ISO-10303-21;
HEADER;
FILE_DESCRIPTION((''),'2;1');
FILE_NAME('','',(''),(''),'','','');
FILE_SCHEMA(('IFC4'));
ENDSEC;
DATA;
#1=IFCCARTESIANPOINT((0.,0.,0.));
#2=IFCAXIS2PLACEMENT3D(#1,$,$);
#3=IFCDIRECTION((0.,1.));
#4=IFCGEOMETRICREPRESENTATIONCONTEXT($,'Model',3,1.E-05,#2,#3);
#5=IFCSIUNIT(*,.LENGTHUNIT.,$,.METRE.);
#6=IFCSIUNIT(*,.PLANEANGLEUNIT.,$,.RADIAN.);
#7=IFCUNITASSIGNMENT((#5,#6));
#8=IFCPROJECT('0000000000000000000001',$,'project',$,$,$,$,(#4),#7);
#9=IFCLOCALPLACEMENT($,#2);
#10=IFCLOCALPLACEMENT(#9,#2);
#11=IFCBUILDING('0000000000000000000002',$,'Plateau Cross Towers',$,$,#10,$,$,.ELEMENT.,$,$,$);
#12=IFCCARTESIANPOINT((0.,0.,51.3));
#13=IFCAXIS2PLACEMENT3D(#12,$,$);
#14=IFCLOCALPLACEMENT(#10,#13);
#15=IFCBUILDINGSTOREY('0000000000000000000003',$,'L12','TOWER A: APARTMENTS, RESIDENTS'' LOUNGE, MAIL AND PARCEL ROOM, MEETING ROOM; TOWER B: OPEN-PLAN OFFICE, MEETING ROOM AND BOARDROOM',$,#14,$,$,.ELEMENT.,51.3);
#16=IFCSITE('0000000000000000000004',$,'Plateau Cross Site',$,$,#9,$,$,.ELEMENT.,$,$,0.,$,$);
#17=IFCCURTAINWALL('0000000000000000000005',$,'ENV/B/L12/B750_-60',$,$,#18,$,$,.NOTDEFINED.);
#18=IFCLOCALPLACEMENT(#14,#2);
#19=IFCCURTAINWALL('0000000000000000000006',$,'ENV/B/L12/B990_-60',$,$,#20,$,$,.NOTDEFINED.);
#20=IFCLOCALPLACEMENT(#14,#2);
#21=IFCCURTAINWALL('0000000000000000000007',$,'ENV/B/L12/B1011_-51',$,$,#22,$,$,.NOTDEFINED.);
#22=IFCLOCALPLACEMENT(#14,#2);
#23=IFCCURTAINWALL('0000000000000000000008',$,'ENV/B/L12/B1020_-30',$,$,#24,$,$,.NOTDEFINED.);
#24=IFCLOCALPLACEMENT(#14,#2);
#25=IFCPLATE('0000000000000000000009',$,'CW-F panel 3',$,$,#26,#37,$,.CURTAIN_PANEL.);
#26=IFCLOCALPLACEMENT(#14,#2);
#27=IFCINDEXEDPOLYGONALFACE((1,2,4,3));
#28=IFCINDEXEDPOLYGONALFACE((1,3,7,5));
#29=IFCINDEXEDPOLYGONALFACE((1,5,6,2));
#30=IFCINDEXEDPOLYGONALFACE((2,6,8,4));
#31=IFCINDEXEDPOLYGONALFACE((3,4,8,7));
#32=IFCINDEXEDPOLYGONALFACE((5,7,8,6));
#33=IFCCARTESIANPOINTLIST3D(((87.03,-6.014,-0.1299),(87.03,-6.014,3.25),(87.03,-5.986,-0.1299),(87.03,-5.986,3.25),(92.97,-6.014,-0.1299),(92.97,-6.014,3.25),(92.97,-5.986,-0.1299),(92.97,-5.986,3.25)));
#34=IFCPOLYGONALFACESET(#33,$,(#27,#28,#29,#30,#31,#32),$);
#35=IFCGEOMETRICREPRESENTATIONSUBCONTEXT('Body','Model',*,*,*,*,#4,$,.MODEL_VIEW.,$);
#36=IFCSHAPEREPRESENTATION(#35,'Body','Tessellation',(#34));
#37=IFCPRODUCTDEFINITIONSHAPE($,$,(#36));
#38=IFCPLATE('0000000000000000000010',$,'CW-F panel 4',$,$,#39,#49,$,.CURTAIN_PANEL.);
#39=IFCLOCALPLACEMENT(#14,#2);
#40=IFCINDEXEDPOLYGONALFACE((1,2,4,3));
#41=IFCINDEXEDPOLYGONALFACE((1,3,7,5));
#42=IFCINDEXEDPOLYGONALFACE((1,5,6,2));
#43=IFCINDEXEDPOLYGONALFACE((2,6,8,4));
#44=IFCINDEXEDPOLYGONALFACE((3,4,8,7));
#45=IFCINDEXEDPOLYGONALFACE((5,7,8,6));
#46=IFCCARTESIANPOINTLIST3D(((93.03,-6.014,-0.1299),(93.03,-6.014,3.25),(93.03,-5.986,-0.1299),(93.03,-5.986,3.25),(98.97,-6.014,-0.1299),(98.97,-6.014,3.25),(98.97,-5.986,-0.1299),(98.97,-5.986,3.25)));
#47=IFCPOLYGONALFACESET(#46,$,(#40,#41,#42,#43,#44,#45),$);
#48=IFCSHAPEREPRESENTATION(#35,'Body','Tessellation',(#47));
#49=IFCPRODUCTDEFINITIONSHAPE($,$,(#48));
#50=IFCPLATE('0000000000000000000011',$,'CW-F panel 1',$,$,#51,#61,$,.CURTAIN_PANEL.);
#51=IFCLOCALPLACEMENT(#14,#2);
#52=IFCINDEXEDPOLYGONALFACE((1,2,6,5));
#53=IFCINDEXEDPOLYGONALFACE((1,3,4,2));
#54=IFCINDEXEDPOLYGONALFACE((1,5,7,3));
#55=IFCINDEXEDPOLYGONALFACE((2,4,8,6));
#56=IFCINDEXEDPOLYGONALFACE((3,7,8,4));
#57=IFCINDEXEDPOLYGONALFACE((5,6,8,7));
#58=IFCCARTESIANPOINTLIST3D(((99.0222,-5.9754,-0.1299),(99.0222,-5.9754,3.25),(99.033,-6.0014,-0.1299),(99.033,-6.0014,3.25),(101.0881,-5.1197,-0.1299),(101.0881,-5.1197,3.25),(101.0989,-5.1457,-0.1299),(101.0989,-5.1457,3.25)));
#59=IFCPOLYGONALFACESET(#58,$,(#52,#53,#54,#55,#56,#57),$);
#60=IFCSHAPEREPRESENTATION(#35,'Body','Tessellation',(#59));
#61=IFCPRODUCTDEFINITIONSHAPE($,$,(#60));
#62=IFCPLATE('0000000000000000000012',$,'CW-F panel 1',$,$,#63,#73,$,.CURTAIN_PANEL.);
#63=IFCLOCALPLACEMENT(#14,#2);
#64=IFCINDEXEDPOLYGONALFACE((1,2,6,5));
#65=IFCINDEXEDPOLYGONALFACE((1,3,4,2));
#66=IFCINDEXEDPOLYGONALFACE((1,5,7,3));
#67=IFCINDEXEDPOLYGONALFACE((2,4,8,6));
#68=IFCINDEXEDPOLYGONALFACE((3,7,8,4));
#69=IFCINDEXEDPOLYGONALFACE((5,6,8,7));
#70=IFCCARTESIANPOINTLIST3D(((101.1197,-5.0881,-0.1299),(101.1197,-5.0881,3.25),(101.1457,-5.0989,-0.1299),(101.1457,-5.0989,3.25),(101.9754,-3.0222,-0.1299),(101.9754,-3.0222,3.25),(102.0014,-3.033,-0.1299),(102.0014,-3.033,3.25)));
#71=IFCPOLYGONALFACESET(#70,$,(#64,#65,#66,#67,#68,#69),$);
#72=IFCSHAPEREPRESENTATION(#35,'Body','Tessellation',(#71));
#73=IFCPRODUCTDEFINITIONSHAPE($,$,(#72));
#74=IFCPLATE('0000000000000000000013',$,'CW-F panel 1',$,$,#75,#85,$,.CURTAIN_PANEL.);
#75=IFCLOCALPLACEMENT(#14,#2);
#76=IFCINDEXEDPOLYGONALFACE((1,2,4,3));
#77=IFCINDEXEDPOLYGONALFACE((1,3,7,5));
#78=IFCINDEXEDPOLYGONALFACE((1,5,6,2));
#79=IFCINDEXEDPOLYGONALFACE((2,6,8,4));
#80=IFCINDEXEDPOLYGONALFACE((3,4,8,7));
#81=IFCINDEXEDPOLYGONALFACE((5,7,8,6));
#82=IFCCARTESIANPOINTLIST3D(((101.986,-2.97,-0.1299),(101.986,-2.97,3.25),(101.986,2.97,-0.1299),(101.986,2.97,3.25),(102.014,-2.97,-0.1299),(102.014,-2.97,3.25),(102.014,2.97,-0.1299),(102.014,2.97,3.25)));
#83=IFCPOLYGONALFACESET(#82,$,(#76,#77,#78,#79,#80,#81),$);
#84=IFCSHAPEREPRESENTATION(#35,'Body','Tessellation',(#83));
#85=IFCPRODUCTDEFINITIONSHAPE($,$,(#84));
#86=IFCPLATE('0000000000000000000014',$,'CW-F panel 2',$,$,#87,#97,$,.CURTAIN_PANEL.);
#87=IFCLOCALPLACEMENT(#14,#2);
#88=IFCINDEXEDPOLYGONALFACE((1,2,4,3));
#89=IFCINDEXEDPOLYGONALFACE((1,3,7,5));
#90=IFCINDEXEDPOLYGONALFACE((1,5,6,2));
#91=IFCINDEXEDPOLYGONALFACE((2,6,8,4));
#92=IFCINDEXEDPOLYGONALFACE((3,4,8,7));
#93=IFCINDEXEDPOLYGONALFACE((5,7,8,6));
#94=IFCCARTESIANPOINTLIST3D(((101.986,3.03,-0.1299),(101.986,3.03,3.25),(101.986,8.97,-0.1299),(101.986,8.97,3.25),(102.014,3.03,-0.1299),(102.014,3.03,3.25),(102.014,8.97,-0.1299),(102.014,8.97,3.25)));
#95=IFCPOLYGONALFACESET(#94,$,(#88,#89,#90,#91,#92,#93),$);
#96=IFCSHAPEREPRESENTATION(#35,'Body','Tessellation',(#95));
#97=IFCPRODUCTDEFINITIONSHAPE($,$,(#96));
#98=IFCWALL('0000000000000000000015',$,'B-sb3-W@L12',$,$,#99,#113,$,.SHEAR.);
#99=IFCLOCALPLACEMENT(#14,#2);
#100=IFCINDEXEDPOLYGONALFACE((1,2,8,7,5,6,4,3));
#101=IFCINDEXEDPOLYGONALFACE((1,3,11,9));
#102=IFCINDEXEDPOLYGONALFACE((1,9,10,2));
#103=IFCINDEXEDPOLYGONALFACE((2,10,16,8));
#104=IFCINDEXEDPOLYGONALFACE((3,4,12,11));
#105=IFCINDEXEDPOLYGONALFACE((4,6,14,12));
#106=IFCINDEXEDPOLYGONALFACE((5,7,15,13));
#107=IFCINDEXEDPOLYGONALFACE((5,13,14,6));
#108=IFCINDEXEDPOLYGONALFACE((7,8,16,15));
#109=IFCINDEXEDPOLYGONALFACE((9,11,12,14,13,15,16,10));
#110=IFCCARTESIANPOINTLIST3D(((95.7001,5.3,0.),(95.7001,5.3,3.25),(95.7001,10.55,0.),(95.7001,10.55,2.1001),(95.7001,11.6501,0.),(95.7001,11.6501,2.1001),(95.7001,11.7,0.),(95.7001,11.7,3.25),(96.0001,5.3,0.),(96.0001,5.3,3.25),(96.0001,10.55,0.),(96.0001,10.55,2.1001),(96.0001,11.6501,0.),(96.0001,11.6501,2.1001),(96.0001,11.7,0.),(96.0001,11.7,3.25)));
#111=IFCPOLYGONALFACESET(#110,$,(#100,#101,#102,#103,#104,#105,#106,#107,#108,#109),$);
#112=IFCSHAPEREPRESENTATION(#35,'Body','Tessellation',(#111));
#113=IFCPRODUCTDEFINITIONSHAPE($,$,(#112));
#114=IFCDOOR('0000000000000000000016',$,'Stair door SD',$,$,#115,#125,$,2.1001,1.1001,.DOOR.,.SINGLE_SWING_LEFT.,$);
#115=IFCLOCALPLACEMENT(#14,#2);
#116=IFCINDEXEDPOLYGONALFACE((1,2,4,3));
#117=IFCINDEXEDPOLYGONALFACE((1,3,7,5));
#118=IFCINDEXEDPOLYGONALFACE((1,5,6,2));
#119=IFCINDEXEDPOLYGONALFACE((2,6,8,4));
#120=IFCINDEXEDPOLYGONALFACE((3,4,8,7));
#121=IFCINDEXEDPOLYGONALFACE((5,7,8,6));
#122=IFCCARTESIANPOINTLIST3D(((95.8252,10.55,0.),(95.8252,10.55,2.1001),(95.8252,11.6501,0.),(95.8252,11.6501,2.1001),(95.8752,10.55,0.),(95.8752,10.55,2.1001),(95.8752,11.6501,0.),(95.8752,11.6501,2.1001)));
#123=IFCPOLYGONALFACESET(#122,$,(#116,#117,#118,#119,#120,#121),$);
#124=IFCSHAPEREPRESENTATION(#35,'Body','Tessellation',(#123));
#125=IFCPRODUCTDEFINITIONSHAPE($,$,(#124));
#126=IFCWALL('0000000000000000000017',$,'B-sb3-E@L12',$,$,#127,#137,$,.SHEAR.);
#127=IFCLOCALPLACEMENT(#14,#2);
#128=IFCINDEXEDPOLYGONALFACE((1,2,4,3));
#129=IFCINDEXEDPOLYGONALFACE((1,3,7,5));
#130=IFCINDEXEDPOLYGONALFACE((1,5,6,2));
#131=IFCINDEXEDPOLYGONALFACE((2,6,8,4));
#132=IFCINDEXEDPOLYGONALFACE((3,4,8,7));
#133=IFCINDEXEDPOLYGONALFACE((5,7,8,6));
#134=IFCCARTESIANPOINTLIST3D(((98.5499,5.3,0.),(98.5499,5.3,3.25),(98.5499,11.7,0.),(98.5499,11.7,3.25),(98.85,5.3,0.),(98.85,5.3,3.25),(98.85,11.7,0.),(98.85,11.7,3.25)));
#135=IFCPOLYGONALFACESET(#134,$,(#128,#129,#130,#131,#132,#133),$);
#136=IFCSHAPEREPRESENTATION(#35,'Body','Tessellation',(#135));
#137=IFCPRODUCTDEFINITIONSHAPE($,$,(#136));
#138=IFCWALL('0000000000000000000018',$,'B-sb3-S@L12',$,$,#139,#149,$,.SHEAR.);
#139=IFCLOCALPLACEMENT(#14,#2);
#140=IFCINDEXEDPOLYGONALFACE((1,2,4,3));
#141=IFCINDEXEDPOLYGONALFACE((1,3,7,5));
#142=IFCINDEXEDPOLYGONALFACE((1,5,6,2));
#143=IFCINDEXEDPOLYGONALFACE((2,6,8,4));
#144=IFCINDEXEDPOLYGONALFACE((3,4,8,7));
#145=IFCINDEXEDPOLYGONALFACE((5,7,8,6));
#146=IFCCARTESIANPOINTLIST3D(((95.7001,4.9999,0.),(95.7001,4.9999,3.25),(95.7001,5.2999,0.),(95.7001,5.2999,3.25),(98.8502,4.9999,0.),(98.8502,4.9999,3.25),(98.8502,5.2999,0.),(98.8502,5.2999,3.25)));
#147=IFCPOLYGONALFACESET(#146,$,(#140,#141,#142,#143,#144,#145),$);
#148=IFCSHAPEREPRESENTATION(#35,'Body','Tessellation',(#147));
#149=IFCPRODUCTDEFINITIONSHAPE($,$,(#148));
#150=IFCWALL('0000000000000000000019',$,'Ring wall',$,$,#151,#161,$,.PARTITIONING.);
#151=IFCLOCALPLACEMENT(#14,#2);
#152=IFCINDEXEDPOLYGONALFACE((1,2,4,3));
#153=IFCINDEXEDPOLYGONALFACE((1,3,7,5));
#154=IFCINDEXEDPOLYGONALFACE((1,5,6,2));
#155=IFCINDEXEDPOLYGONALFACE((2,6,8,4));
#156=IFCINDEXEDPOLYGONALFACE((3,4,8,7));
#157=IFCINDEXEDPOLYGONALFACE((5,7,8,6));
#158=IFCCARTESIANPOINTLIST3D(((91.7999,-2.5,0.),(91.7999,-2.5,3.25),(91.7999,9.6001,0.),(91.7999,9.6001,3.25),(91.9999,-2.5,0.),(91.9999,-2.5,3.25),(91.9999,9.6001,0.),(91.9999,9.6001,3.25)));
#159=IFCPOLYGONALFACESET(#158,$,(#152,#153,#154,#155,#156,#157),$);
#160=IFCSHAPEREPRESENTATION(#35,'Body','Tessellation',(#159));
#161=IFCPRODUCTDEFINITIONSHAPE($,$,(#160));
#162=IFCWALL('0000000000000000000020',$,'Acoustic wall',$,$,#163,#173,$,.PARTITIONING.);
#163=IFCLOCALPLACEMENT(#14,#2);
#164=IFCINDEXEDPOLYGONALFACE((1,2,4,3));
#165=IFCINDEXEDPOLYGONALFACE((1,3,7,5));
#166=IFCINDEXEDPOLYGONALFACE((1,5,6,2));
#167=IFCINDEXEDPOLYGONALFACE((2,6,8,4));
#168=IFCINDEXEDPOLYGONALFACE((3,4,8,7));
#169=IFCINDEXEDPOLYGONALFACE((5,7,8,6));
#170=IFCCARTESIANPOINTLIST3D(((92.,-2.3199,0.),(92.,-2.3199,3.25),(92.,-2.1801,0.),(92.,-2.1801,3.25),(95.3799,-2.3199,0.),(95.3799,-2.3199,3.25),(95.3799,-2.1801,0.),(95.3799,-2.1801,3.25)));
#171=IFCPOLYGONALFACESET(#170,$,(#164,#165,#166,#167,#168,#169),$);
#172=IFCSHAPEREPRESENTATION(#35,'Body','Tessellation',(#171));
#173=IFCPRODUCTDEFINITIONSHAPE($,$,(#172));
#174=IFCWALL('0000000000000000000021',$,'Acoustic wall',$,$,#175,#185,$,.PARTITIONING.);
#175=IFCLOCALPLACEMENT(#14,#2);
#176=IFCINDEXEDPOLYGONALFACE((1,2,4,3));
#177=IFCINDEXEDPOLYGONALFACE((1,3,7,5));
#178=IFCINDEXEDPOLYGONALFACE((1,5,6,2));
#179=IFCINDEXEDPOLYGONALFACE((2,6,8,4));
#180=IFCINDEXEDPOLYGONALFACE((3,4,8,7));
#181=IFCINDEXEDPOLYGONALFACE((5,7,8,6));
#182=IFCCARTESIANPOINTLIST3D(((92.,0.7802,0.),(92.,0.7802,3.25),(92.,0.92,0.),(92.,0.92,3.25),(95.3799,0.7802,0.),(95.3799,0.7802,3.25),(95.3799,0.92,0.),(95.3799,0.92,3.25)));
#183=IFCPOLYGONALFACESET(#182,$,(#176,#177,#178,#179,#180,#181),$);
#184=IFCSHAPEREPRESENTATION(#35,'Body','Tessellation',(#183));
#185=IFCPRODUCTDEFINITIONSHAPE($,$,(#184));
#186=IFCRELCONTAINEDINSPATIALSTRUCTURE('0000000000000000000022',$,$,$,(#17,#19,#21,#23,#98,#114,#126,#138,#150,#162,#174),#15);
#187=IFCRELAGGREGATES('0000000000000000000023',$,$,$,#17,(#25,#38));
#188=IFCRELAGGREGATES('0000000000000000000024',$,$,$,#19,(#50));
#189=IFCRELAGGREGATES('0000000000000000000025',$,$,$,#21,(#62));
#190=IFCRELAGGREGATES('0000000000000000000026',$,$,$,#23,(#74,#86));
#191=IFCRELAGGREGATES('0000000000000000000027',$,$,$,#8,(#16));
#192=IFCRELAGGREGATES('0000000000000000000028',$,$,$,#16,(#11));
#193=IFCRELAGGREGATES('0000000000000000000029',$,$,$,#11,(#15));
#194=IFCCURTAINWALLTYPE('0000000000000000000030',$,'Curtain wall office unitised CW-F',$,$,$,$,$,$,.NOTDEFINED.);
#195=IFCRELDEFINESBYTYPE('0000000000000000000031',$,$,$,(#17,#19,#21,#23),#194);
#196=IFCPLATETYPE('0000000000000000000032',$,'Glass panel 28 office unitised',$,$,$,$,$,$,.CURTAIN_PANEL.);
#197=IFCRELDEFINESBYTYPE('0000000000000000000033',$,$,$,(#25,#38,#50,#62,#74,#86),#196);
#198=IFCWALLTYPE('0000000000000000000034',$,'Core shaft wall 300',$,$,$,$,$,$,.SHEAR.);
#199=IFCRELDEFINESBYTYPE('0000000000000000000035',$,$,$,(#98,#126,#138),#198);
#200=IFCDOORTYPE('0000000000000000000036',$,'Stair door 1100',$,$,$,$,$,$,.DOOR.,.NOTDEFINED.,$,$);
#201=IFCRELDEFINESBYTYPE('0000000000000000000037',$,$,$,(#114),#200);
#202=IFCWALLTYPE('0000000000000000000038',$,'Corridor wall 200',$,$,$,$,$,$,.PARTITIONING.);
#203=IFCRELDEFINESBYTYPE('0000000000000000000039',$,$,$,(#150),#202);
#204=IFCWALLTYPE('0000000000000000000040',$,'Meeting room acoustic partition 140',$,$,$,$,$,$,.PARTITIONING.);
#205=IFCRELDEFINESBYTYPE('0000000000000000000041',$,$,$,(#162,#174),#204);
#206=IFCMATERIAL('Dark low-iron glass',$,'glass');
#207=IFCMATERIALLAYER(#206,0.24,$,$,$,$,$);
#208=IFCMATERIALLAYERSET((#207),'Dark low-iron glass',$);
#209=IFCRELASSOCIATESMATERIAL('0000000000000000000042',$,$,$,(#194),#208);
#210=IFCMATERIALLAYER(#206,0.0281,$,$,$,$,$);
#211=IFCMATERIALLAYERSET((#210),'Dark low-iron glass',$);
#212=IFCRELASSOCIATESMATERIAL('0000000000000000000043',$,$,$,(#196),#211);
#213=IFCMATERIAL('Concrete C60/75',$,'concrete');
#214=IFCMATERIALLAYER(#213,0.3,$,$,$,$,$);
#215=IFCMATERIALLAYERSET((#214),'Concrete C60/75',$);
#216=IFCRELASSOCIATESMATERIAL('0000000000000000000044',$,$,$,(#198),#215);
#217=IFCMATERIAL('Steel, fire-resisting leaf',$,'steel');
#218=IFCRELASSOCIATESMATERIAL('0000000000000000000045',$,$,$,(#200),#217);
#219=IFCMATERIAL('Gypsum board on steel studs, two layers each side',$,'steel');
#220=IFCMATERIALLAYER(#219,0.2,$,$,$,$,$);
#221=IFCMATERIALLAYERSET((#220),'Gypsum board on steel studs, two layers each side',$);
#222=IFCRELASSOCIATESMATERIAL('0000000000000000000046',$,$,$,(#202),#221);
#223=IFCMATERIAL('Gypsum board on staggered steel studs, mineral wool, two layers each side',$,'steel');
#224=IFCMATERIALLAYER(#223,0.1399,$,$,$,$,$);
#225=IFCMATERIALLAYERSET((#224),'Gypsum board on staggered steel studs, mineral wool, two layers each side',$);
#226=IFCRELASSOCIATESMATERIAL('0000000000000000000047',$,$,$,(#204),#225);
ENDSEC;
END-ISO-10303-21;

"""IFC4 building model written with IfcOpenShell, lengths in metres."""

from ifc_helpers import new_model, si_unit, direction, frame, frame_2d, origin, origin_2d, place, context, subcontext, project, spatial, rectangle, extrude, material, layer, layer_set, type_object, element, fill, aggregate, save


model = new_model("IFC4")

# Units and contexts
model_context = context("Model", 3, precision=1e-05, world=origin(), true_north=direction((0.0, 1.0)))
body_context = subcontext(model_context, "Body", "Model", "MODEL_VIEW")
ifc_project = project(units=[si_unit("LENGTHUNIT", "METRE"), si_unit("PLANEANGLEUNIT", "RADIAN")], contexts=[model_context])

# Site, building, storey
site_placement = place(None, origin())
site = spatial("IfcSite", under=ifc_project, at=site_placement, Name="Plateau Cross Site", CompositionType="ELEMENT", RefElevation=0.0)
building_placement = place(site_placement, origin())
building = spatial("IfcBuilding", under=site, at=building_placement, Name="Plateau Cross Towers", CompositionType="ELEMENT")
storey_placement = place(building_placement, frame((0.0, 0.0, 51.3)))
storey = spatial("IfcBuildingStorey", under=building, at=storey_placement, Name="L12", Description="TOWER A: APARTMENTS, RESIDENTS' LOUNGE, MAIL AND PARCEL ROOM, MEETING ROOM; TOWER B: OPEN-PLAN OFFICE, MEETING ROOM AND BOARDROOM", CompositionType="ELEMENT", Elevation=51.3)

# Shared definitions
ifc_material_1 = material(Name="Concrete C60/75", Category="concrete")

# Curtain walls
ifc_material_2 = material(Name="Dark low-iron glass", Category="glass")
ifc_layer_1 = layer(ifc_material_2, 0.24)
ifc_layer_set_1 = layer_set([ifc_layer_1], Name="Dark low-iron glass")
curtain_wall_type = type_object("IfcCurtainWallType", Name="Curtain wall office unitised CW-F", PredefinedType="NOTDEFINED", material=ifc_layer_set_1)
curtain_wall_1_placement = place(storey_placement, origin())
curtain_wall_1 = element("IfcCurtainWall", 1, at=curtain_wall_1_placement, inside=storey, type_object=curtain_wall_type, Name="ENV/B/L12/B750_-60", PredefinedType="NOTDEFINED")
curtain_wall_2_placement = place(storey_placement, origin())
curtain_wall_2 = element("IfcCurtainWall", 2, at=curtain_wall_2_placement, inside=storey, type_object=curtain_wall_type, Name="ENV/B/L12/B990_-60", PredefinedType="NOTDEFINED")
curtain_wall_3_placement = place(storey_placement, origin())
curtain_wall_3 = element("IfcCurtainWall", 3, at=curtain_wall_3_placement, inside=storey, type_object=curtain_wall_type, Name="ENV/B/L12/B1011_-51", PredefinedType="NOTDEFINED")

# Curtain wall
curtain_wall_4_placement = place(storey_placement, origin())
curtain_wall_4 = element("IfcCurtainWall", 4, at=curtain_wall_4_placement, inside=storey, type_object=curtain_wall_type, Name="ENV/B/L12/B1020_-30", PredefinedType="NOTDEFINED")

# Plates
ifc_layer_2 = layer(ifc_material_2, 0.0281)
ifc_layer_set_2 = layer_set([ifc_layer_2], Name="Dark low-iron glass")
plate_type = type_object("IfcPlateType", Name="Glass panel 28 office unitised", PredefinedType="CURTAIN_PANEL", material=ifc_layer_set_2)
plate_1_placement = place(storey_placement, frame((90.0, -6.0, -0.1299), z_axis=(0.0, 0.0, 1.0), x_axis=(1.0, 0.0, 0.0)))
plate_1 = element("IfcPlate", 5, at=plate_1_placement, type_object=plate_type, Name="CW-F panel 3", PredefinedType="CURTAIN_PANEL", context=body_context, shape_type="SweptSolid", body=[
    extrude(rectangle(XDim=5.9399, YDim=0.0281, at=origin_2d()), origin(), (0.0, 0.0, 1.0), 3.3799),
])
plate_2_placement = place(storey_placement, frame((96.0, -6.0, -0.1299), z_axis=(0.0, 0.0, 1.0), x_axis=(1.0, 0.0, 0.0)))
plate_2 = element("IfcPlate", 6, at=plate_2_placement, type_object=plate_type, Name="CW-F panel 4", PredefinedType="CURTAIN_PANEL", context=body_context, shape_type="SweptSolid", body=[
    extrude(rectangle(XDim=5.9399, YDim=0.0281, at=origin_2d()), origin(), (0.0, 0.0, 1.0), 3.3799),
])
aggregate(curtain_wall_1, [plate_1, plate_2])
plate_3_placement = place(storey_placement, frame((100.0605, -5.5605, -0.1299), z_axis=(0.0, 0.0, 1.0), x_axis=(0.923879, 0.382684, 0.0)))
plate_3 = element("IfcPlate", 7, at=plate_3_placement, type_object=plate_type, Name="CW-F panel 1", PredefinedType="CURTAIN_PANEL", context=body_context, shape_type="SweptSolid", body=[
    extrude(rectangle(XDim=2.2361, YDim=0.0281, at=origin_2d()), origin(), (0.0, 0.0, 1.0), 3.3799),
])
aggregate(curtain_wall_2, [plate_3])
plate_4_placement = place(storey_placement, frame((101.5605, -4.0605, -0.1299), z_axis=(0.0, 0.0, 1.0), x_axis=(0.382684, 0.923879, 0.0)))
plate_4 = element("IfcPlate", 8, at=plate_4_placement, type_object=plate_type, Name="CW-F panel 1", PredefinedType="CURTAIN_PANEL", context=body_context, shape_type="SweptSolid", body=[
    extrude(rectangle(XDim=2.2361, YDim=0.0281, at=origin_2d()), origin(), (0.0, 0.0, 1.0), 3.3799),
])
aggregate(curtain_wall_3, [plate_4])
plate_5_placement = place(storey_placement, frame((102.0, 0.0, -0.1299), z_axis=(0.0, 0.0, 1.0), x_axis=(0.0, 1.0, 0.0)))
plate_5 = element("IfcPlate", 9, at=plate_5_placement, type_object=plate_type, Name="CW-F panel 1", PredefinedType="CURTAIN_PANEL", context=body_context, shape_type="SweptSolid", body=[
    extrude(rectangle(XDim=5.9399, YDim=0.0281, at=origin_2d()), origin(), (0.0, 0.0, 1.0), 3.3799),
])
plate_6_placement = place(storey_placement, frame((102.0, 6.0, -0.1299), z_axis=(0.0, 0.0, 1.0), x_axis=(0.0, 1.0, 0.0)))
plate_6 = element("IfcPlate", 10, at=plate_6_placement, type_object=plate_type, Name="CW-F panel 2", PredefinedType="CURTAIN_PANEL", context=body_context, shape_type="SweptSolid", body=[
    extrude(rectangle(XDim=5.9399, YDim=0.0281, at=origin_2d()), origin(), (0.0, 0.0, 1.0), 3.3799),
])
aggregate(curtain_wall_4, [plate_5, plate_6])

# Wall, opening, door
ifc_layer_3 = layer(ifc_material_1, 0.3)
ifc_layer_set_3 = layer_set([ifc_layer_3], Name="Concrete C60/75")
wall_type_1 = type_object("IfcWallType", Name="Core shaft wall 300", PredefinedType="SHEAR", material=ifc_layer_set_3)
wall_1_placement = place(storey_placement, frame((95.8501, 5.3, 0.0), z_axis=(0.0, 0.0, 1.0), x_axis=(0.0, 1.0, 0.0)))
wall_1 = element("IfcWall", 11, at=wall_1_placement, inside=storey, type_object=wall_type_1, Name="B-sb3-W@L12", PredefinedType="SHEAR", context=body_context, shape_type="SweptSolid", body=[
    extrude(rectangle(XDim=6.3999, YDim=0.3, at=frame_2d((3.2, 0.0))), origin(), (0.0, 0.0, 1.0), 3.25),
])
opening_1_placement = place(wall_1_placement, frame((5.25, 0.0, 0.0)))
opening_1 = element("IfcOpeningElement", 12, at=opening_1_placement, cuts=wall_1, PredefinedType="OPENING", context=body_context, shape_type="SweptSolid", body=[
    extrude(rectangle(XDim=1.1001, YDim=2.1001, at=frame_2d((0.55, 1.05))), frame((0.0, 0.1599, 0.0), z_axis=(0.0, -1.0, 0.0), x_axis=(1.0, 0.0, 0.0)), (0.0, 0.0, 1.0), 0.3201),
])
ifc_material_3 = material(Name="Steel, fire-resisting leaf", Category="steel")
door_type_1 = type_object("IfcDoorType", Name="Stair door 1100", OperationType="NOTDEFINED", PredefinedType="DOOR", material=ifc_material_3)
door_1_placement = place(opening_1_placement, origin())
door_1 = element("IfcDoor", 13, at=door_1_placement, inside=storey, type_object=door_type_1, Name="Stair door SD", OperationType="SINGLE_SWING_LEFT", OverallHeight=2.1001, OverallWidth=1.1001, PredefinedType="DOOR", context=body_context, shape_type="SweptSolid", body=[
    extrude(rectangle(XDim=1.1001, YDim=2.1001, at=frame_2d((0.55, 1.05))), frame((0.0, 0.0249, 0.0), z_axis=(0.0, -1.0, 0.0), x_axis=(1.0, 0.0, 0.0)), (0.0, 0.0, 1.0), 0.05),
])
fill(opening_1, door_1)

# Walls
wall_2_placement = place(storey_placement, frame((98.7, 5.3, 0.0), z_axis=(0.0, 0.0, 1.0), x_axis=(0.0, 1.0, 0.0)))
element("IfcWall", 14, at=wall_2_placement, inside=storey, type_object=wall_type_1, Name="B-sb3-E@L12", PredefinedType="SHEAR", context=body_context, shape_type="SweptSolid", body=[
    extrude(rectangle(XDim=6.3999, YDim=0.3, at=frame_2d((3.2, 0.0))), origin(), (0.0, 0.0, 1.0), 3.25),
])
wall_3_placement = place(storey_placement, frame((95.7, 5.1499, 0.0), z_axis=(0.0, 0.0, 1.0), x_axis=(1.0, 0.0, 0.0)))
element("IfcWall", 15, at=wall_3_placement, inside=storey, type_object=wall_type_1, Name="B-sb3-S@L12", PredefinedType="SHEAR", context=body_context, shape_type="SweptSolid", body=[
    extrude(rectangle(XDim=3.1501, YDim=0.3, at=frame_2d((1.5752, 0.0))), origin(), (0.0, 0.0, 1.0), 3.25),
])
ifc_material_4 = material(Name="Gypsum board on steel studs, two layers each side", Category="steel")
ifc_layer_4 = layer(ifc_material_4, 0.2)
ifc_layer_set_4 = layer_set([ifc_layer_4], Name="Gypsum board on steel studs, two layers each side")
wall_type_2 = type_object("IfcWallType", Name="Corridor wall 200", PredefinedType="PARTITIONING", material=ifc_layer_set_4)
wall_4_placement = place(storey_placement, frame((91.8999, -2.5, 0.0), z_axis=(0.0, 0.0, 1.0), x_axis=(0.0, 1.0, 0.0)))
element("IfcWall", 16, at=wall_4_placement, inside=storey, type_object=wall_type_2, Name="Ring wall", PredefinedType="PARTITIONING", context=body_context, shape_type="SweptSolid", body=[
    extrude(rectangle(XDim=12.1001, YDim=0.2, at=frame_2d((6.05, 0.0))), origin(), (0.0, 0.0, 1.0), 3.25),
])

# Shared definitions
ifc_material_5 = material(Name="Gypsum board on staggered steel studs, mineral wool, two layers each side", Category="steel")
ifc_layer_5 = layer(ifc_material_5, 0.1399)
ifc_layer_set_5 = layer_set([ifc_layer_5], Name="Gypsum board on staggered steel studs, mineral wool, two layers each side")
wall_type_3 = type_object("IfcWallType", Name="Meeting room acoustic partition 140", PredefinedType="PARTITIONING", material=ifc_layer_set_5)

# Wall
wall_5_placement = place(storey_placement, frame((92.0, -2.25, 0.0), z_axis=(0.0, 0.0, 1.0), x_axis=(1.0, 0.0, 0.0)))
element("IfcWall", 17, at=wall_5_placement, inside=storey, type_object=wall_type_3, Name="Acoustic wall", PredefinedType="PARTITIONING", context=body_context, shape_type="SweptSolid", body=[
    extrude(rectangle(XDim=3.3799, YDim=0.1399, at=frame_2d((1.6899, 0.0))), origin(), (0.0, 0.0, 1.0), 3.25),
])

# Wall
wall_6_placement = place(storey_placement, frame((92.0, 0.8501, 0.0), z_axis=(0.0, 0.0, 1.0), x_axis=(1.0, 0.0, 0.0)))
element("IfcWall", 18, at=wall_6_placement, inside=storey, type_object=wall_type_3, Name="Acoustic wall", PredefinedType="PARTITIONING", context=body_context, shape_type="SweptSolid", body=[
    extrude(rectangle(XDim=3.3799, YDim=0.1399, at=frame_2d((1.6899, 0.0))), origin(), (0.0, 0.0, 1.0), 3.25),
])

save(model, "model.ifc")
